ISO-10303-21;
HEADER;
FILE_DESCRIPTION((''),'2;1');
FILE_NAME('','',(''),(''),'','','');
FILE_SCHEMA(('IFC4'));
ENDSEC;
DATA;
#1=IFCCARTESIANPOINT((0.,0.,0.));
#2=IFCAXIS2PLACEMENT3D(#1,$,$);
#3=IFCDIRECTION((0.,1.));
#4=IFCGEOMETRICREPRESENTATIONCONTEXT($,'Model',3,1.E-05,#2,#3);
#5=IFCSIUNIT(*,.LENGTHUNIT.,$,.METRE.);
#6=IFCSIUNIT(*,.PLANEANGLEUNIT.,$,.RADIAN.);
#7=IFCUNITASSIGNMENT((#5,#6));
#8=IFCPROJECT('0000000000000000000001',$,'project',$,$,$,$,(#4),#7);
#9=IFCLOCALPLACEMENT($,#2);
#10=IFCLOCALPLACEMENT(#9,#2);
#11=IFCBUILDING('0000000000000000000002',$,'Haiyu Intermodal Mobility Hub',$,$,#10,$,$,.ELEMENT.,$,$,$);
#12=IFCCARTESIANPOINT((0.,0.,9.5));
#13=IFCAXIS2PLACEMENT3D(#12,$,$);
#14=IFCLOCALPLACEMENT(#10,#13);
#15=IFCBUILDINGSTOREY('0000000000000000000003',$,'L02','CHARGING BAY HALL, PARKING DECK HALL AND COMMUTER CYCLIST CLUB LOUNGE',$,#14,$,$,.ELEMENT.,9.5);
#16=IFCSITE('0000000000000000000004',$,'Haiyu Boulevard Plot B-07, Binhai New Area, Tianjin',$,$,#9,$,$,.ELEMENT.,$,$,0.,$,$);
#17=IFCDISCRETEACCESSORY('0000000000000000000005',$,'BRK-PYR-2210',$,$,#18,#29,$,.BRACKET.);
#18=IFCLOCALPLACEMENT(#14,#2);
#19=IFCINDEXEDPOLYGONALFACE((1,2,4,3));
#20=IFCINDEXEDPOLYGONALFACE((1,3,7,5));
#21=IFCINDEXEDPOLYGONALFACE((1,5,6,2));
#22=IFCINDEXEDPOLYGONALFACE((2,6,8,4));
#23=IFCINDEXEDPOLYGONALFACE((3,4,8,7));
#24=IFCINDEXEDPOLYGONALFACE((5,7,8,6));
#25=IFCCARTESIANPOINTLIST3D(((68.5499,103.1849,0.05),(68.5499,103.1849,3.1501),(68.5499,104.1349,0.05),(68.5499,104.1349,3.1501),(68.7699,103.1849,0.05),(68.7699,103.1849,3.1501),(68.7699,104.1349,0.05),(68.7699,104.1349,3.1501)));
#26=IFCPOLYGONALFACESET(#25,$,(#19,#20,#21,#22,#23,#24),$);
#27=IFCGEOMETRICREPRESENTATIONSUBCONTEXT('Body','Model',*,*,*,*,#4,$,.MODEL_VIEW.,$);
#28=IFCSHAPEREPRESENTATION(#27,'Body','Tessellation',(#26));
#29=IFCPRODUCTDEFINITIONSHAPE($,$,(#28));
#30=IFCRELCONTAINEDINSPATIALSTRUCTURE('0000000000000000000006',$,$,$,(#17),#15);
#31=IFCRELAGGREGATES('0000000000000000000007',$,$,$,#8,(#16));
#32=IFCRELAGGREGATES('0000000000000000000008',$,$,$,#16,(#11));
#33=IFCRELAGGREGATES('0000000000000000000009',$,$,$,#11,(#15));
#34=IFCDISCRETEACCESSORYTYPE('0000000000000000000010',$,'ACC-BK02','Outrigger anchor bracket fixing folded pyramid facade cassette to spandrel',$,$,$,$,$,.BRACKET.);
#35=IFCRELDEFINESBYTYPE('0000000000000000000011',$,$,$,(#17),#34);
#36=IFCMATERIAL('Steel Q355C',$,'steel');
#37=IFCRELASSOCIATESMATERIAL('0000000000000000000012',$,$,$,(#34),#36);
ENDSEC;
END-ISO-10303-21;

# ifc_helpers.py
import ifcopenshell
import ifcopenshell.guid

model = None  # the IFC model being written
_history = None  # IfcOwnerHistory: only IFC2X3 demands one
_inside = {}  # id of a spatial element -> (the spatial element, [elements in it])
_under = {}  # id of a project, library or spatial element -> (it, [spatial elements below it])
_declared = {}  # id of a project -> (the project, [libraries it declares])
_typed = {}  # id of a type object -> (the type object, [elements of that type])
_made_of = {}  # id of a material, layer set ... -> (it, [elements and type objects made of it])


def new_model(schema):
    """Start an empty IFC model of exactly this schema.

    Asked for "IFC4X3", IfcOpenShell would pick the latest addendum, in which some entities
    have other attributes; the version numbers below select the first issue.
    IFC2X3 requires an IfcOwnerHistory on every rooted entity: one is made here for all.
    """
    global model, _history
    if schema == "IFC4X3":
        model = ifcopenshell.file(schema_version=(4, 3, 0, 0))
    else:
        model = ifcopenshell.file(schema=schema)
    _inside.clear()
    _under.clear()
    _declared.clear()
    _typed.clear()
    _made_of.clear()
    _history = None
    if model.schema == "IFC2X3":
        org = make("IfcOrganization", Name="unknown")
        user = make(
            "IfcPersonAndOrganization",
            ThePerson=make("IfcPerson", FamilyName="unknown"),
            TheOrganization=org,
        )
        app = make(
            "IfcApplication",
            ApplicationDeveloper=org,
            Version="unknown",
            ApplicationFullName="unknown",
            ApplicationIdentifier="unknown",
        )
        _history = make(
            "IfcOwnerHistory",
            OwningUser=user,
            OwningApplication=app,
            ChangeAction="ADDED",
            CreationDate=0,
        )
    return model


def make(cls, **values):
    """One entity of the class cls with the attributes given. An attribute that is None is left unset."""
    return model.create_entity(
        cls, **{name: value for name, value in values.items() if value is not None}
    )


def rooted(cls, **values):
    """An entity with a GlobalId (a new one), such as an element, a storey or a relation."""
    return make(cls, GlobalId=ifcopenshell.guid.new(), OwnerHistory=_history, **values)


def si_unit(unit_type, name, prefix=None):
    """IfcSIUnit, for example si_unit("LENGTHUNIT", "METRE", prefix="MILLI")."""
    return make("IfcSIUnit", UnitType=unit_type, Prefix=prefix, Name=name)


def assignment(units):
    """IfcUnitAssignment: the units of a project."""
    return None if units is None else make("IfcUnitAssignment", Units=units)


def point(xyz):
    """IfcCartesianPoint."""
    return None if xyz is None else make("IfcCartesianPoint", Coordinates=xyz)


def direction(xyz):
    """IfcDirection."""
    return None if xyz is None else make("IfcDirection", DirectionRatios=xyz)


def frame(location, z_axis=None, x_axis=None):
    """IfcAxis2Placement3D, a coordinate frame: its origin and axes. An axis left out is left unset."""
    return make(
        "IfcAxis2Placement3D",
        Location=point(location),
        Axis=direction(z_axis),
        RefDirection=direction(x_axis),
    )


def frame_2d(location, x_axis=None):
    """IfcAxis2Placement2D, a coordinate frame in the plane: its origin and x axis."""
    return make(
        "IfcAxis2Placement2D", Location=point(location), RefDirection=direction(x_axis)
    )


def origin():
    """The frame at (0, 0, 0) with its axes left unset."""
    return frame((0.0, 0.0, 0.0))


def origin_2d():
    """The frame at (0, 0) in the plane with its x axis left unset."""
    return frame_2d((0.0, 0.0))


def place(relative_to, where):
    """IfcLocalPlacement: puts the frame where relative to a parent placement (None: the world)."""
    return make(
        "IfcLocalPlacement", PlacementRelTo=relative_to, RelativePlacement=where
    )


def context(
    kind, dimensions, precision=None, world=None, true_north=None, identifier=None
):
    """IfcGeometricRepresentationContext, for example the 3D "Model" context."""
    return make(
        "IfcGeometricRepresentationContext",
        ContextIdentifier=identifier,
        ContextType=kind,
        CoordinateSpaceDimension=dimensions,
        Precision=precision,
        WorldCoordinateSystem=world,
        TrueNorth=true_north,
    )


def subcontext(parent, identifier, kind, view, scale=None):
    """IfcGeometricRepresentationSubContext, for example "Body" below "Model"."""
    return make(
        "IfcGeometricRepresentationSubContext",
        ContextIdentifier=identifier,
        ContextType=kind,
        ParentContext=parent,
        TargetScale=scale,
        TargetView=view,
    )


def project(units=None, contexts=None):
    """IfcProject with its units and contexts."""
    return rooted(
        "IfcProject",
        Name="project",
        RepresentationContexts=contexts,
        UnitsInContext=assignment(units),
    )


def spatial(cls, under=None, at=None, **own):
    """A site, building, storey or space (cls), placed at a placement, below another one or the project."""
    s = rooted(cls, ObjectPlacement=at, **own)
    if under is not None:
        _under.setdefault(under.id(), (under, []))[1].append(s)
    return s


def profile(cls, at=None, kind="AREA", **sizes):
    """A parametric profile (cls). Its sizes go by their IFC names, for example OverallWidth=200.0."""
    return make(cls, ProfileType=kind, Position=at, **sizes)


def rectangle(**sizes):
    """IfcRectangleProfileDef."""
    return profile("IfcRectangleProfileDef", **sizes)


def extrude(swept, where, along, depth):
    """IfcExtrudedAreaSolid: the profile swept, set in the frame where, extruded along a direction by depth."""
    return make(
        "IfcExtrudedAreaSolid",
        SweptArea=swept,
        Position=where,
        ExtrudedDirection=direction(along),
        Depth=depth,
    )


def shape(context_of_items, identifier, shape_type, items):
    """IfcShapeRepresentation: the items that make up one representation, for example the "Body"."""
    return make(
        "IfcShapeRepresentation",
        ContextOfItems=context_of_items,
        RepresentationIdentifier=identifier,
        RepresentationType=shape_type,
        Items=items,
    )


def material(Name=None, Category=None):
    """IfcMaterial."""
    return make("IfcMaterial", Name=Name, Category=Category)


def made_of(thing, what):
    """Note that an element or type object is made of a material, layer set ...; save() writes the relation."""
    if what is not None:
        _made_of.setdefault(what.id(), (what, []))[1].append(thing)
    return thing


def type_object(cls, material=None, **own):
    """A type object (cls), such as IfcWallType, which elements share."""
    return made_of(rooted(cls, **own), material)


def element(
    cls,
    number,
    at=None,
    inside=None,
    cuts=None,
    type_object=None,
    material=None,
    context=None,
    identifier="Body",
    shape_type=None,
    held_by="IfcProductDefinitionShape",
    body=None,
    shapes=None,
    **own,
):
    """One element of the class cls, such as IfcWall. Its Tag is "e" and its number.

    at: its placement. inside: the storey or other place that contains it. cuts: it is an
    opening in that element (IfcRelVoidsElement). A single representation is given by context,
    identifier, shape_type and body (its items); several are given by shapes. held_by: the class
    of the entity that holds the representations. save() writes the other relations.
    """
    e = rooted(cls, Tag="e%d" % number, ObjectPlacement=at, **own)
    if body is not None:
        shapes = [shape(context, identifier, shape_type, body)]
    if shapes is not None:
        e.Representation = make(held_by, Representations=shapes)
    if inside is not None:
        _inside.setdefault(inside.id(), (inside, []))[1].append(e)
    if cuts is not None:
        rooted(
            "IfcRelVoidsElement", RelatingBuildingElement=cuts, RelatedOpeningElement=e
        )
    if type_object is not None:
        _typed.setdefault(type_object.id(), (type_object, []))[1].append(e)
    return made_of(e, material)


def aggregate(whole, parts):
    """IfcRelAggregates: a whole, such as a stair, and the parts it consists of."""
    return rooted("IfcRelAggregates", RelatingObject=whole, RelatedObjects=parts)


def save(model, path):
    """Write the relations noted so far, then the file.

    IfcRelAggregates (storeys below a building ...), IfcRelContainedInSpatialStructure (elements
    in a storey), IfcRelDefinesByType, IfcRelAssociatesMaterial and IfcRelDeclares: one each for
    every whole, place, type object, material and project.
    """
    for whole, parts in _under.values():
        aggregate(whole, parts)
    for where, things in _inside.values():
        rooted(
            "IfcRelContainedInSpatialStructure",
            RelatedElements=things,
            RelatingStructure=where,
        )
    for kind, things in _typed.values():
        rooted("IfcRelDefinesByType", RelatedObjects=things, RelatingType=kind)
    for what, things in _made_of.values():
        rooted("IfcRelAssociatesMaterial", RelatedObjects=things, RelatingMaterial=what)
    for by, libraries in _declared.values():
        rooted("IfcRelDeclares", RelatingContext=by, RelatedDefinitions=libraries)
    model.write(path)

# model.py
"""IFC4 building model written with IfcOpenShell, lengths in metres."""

from ifc_helpers import new_model, si_unit, direction, frame, origin, origin_2d, place, context, subcontext, project, spatial, rectangle, extrude, material, type_object, element, save


model = new_model("IFC4")

# Units and contexts
model_context = context("Model", 3, precision=1e-05, world=origin(), true_north=direction((0.0, 1.0)))
body_context = subcontext(model_context, "Body", "Model", "MODEL_VIEW")
ifc_project = project(units=[si_unit("LENGTHUNIT", "METRE"), si_unit("PLANEANGLEUNIT", "RADIAN")], contexts=[model_context])

# Site, building, storey
site_placement = place(None, origin())
site = spatial("IfcSite", under=ifc_project, at=site_placement, Name="Haiyu Boulevard Plot B-07, Binhai New Area, Tianjin", CompositionType="ELEMENT", RefElevation=0.0)
building_placement = place(site_placement, origin())
building = spatial("IfcBuilding", under=site, at=building_placement, Name="Haiyu Intermodal Mobility Hub", CompositionType="ELEMENT")
storey_placement = place(building_placement, frame((0.0, 0.0, 9.5)))
storey = spatial("IfcBuildingStorey", under=building, at=storey_placement, Name="L02", Description="CHARGING BAY HALL, PARKING DECK HALL AND COMMUTER CYCLIST CLUB LOUNGE", CompositionType="ELEMENT", Elevation=9.5)

# Shared definitions
ifc_material_1 = material(Name="Steel Q355C", Category="steel")

# Discrete accessory
discrete_accessory_type = type_object("IfcDiscreteAccessoryType", Name="ACC-BK02", Description="Outrigger anchor bracket fixing folded pyramid facade cassette to spandrel", PredefinedType="BRACKET", material=ifc_material_1)
for number, where, z_axis, x_axis, name in (
    (1, (68.6599, 103.6599, 0.05), (0.0, 0.0, 1.0), (1.0, 0.0, 0.0), "BRK-PYR-2210"),
):
    element("IfcDiscreteAccessory", number, at=place(storey_placement, frame(where, z_axis=z_axis, x_axis=x_axis)), inside=storey, type_object=discrete_accessory_type, Name=name, PredefinedType="BRACKET", context=body_context, shape_type="SweptSolid", body=[
        extrude(rectangle(XDim=0.22, YDim=0.95, at=origin_2d()), origin(), (0.0, 0.0, 1.0), 3.1001),
    ])

save(model, "model.ifc")
